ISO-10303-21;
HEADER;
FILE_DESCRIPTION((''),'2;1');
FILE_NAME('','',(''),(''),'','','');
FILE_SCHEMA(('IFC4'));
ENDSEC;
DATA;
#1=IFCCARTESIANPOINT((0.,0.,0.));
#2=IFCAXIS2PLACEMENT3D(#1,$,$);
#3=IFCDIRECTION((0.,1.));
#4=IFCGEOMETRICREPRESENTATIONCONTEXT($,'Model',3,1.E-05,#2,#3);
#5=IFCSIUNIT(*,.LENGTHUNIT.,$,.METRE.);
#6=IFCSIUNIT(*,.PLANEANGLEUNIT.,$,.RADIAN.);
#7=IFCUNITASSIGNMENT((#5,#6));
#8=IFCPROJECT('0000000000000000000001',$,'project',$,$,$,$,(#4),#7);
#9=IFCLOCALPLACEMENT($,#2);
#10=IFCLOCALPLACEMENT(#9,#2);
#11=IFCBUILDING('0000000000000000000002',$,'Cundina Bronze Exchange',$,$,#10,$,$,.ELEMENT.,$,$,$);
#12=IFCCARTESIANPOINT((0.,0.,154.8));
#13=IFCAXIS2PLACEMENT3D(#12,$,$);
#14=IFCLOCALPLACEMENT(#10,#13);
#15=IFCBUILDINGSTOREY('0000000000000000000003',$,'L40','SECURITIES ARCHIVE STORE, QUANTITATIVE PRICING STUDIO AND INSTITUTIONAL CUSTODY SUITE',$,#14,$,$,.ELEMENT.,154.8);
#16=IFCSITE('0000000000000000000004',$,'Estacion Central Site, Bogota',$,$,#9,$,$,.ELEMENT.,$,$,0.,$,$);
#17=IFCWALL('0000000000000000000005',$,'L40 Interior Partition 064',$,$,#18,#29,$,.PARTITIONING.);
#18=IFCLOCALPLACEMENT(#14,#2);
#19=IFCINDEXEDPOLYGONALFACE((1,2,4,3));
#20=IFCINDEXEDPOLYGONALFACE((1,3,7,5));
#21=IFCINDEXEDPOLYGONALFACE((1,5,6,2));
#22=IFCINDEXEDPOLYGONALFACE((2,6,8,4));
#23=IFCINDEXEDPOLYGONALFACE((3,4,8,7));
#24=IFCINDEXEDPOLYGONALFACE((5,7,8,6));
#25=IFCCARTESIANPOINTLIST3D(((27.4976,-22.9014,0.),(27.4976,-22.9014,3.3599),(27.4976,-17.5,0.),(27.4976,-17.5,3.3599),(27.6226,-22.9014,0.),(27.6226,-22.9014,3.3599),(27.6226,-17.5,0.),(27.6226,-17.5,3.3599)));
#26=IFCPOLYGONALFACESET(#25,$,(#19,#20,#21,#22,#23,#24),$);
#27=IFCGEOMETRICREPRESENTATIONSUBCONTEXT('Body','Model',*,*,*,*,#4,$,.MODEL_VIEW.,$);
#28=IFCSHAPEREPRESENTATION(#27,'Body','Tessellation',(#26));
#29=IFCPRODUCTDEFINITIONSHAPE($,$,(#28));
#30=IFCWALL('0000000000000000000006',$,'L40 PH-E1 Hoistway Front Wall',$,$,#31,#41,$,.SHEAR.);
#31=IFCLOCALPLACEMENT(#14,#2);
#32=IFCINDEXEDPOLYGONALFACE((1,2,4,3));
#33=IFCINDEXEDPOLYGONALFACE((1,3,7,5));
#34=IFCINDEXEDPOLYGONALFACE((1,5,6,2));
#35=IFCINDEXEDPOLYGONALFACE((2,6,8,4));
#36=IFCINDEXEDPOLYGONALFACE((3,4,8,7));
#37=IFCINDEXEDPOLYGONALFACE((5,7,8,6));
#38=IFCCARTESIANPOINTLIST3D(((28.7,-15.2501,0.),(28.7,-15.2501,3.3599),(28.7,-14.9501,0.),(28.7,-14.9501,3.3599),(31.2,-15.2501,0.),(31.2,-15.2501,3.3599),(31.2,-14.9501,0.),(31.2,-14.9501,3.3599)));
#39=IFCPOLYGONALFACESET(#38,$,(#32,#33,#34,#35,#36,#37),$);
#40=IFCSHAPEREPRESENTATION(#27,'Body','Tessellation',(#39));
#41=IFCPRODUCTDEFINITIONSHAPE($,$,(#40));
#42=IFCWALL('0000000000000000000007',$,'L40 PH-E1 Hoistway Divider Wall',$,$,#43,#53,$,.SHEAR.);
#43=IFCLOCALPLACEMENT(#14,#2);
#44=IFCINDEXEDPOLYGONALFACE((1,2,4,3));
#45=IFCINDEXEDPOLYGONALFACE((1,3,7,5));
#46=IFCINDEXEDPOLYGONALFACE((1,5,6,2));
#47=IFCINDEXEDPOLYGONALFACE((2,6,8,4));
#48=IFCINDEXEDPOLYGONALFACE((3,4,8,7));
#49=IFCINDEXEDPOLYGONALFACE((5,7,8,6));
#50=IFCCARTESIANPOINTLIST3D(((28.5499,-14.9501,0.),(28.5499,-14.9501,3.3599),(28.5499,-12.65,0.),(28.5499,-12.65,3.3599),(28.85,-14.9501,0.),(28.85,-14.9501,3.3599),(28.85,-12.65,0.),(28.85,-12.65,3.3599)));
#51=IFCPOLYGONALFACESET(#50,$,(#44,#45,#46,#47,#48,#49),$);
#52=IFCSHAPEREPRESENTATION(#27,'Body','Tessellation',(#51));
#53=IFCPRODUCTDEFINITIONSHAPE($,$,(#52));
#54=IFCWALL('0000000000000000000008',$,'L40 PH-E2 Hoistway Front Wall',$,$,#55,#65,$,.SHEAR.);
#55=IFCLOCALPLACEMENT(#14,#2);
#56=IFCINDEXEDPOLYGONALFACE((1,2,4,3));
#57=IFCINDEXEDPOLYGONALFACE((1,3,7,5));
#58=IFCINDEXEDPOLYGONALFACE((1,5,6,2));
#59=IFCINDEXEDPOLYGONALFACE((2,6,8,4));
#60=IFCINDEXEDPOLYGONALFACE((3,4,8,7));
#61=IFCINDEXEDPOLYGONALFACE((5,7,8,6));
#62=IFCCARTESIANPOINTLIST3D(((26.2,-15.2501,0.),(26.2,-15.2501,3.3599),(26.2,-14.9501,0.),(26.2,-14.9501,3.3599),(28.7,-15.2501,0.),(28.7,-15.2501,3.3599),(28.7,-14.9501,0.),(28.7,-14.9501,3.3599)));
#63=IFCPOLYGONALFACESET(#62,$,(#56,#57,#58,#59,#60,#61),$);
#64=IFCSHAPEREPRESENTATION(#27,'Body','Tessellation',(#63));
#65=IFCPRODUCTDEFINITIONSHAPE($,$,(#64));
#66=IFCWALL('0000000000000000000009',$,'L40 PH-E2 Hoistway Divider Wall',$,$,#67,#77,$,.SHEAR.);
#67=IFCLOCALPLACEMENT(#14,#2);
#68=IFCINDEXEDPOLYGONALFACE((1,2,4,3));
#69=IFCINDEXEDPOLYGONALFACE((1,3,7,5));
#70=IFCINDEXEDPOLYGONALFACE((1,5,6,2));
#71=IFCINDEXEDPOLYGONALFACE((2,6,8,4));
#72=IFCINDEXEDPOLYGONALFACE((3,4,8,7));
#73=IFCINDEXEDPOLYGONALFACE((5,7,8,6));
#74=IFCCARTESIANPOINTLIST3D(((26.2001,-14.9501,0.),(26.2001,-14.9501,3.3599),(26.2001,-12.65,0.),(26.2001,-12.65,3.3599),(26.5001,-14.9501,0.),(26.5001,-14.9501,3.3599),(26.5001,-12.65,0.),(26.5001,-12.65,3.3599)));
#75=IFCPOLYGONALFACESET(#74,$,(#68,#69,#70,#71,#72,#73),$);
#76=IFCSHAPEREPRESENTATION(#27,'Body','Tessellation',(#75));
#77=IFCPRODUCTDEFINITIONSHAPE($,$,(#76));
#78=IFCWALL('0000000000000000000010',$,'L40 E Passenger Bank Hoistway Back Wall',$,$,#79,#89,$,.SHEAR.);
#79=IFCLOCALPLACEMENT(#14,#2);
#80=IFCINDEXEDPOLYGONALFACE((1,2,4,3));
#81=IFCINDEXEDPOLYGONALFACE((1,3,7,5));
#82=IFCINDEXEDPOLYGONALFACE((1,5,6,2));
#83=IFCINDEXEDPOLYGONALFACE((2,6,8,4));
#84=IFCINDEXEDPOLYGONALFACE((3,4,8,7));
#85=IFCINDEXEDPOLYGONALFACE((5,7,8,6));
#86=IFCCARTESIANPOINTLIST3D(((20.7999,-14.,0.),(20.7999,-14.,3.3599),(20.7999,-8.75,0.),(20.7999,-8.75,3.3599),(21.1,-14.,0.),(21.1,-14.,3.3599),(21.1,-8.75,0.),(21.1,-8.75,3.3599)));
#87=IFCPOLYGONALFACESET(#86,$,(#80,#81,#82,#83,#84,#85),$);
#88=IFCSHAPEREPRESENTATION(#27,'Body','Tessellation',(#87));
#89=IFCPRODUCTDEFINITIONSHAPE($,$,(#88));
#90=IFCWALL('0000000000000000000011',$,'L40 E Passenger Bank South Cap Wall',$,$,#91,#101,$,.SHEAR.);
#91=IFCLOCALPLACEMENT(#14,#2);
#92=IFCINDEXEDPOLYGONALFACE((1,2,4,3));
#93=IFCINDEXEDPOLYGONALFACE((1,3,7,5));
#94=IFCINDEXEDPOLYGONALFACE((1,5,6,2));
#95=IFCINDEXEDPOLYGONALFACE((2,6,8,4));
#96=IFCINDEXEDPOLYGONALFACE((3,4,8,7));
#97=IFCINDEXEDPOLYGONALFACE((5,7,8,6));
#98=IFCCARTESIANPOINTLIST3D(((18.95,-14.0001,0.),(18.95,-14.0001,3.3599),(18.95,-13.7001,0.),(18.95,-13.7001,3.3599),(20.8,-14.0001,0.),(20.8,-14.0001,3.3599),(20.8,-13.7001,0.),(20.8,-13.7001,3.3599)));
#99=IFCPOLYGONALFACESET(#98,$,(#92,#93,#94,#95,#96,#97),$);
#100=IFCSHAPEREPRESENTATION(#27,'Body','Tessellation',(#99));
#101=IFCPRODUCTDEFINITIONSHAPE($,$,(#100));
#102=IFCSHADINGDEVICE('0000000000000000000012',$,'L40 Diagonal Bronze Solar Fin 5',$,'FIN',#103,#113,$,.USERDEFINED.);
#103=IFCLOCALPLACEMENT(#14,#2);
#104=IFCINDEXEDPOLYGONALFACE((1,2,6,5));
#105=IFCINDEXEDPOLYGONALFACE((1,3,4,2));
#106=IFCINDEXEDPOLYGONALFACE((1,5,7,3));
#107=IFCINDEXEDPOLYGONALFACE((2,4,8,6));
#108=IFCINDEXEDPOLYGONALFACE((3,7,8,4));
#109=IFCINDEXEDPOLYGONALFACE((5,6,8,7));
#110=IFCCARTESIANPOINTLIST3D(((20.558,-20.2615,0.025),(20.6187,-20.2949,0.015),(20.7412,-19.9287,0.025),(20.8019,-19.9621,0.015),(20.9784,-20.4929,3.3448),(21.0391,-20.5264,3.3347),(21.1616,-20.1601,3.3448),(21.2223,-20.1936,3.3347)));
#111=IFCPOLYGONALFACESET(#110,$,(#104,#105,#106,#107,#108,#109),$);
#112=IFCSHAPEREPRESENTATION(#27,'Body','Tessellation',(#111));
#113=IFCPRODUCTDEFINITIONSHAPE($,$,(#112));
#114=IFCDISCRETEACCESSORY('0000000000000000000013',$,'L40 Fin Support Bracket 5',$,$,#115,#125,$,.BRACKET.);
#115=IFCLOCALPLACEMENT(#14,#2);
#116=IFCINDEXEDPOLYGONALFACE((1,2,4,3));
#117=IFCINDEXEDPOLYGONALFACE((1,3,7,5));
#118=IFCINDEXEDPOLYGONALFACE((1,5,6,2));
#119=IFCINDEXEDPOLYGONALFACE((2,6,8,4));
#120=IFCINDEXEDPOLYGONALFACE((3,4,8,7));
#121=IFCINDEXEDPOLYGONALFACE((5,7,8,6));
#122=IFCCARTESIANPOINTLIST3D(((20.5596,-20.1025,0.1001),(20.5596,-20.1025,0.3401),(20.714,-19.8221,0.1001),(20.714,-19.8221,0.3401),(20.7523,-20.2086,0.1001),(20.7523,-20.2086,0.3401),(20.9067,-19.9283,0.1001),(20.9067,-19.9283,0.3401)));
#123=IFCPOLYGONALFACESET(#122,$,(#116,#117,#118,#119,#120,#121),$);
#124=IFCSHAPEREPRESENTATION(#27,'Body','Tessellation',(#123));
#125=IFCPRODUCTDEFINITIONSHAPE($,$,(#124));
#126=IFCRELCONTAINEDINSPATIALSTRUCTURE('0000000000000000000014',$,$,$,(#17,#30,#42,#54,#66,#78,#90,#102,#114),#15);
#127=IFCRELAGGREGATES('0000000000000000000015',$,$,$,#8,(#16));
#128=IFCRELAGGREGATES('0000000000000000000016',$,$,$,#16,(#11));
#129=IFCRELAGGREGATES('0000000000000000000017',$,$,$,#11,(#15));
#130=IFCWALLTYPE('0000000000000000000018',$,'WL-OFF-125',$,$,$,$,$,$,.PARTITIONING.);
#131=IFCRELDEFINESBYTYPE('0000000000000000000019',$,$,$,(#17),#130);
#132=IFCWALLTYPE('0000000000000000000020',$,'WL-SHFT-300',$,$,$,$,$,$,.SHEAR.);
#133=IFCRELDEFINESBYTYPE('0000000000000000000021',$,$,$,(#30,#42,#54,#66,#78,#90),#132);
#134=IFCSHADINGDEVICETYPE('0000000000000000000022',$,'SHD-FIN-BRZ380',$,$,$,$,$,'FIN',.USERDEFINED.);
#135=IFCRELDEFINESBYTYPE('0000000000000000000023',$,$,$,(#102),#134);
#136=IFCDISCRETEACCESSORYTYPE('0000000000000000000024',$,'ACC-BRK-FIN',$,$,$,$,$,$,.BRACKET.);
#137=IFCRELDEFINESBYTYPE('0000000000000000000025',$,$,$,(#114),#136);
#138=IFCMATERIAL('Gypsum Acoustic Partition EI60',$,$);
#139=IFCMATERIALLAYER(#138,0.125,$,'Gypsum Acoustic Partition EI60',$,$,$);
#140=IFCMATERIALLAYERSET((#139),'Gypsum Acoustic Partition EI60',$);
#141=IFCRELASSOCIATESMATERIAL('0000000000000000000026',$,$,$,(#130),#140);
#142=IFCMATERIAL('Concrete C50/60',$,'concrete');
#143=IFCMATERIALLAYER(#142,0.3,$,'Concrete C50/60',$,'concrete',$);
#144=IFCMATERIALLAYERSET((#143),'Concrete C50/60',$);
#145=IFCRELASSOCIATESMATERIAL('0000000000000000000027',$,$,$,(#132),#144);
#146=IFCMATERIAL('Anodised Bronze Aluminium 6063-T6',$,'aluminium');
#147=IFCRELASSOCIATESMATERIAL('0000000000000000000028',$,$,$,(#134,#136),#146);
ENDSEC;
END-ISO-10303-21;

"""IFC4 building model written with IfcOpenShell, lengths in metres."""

from ifc_helpers import new_model, si_unit, direction, frame, frame_2d, origin, origin_2d, place, context, subcontext, project, spatial, rectangle, extrude, material, layer, layer_set, material_profile, profile_set, type_object, element, save


model = new_model("IFC4")

# Units and contexts
model_context = context("Model", 3, precision=1e-05, world=origin(), true_north=direction((0.0, 1.0)))
body_context = subcontext(model_context, "Body", "Model", "MODEL_VIEW")
ifc_project = project(units=[si_unit("LENGTHUNIT", "METRE"), si_unit("PLANEANGLEUNIT", "RADIAN")], contexts=[model_context])

# Site, building, storey
site_placement = place(None, origin())
site = spatial("IfcSite", under=ifc_project, at=site_placement, Name="Estacion Central Site, Bogota", CompositionType="ELEMENT", RefElevation=0.0)
building_placement = place(site_placement, origin())
building = spatial("IfcBuilding", under=site, at=building_placement, Name="Cundina Bronze Exchange", CompositionType="ELEMENT")
storey_placement = place(building_placement, frame((0.0, 0.0, 154.8)))
storey = spatial("IfcBuildingStorey", under=building, at=storey_placement, Name="L40", Description="SECURITIES ARCHIVE STORE, QUANTITATIVE PRICING STUDIO AND INSTITUTIONAL CUSTODY SUITE", CompositionType="ELEMENT", Elevation=154.8)

# Shared definitions
ifc_material_1 = material(Name="Concrete C50/60", Category="concrete")

# Shared definitions
ifc_material_2 = material(Name="Anodised Bronze Aluminium 6063-T6", Category="aluminium")

# Walls
ifc_material_3 = material(Name="Gypsum Acoustic Partition EI60")
ifc_layer_1 = layer(ifc_material_3, 0.125, Name="Gypsum Acoustic Partition EI60")
ifc_layer_set_1 = layer_set([ifc_layer_1], Name="Gypsum Acoustic Partition EI60")
wall_type_1 = type_object("IfcWallType", Name="WL-OFF-125", PredefinedType="PARTITIONING", material=ifc_layer_set_1)
wall_1_placement = place(storey_placement, frame((27.5601, -22.9014, 0.0), z_axis=(0.0, 0.0, 1.0), x_axis=(0.0, 1.0, 0.0)))
element("IfcWall", 1, at=wall_1_placement, inside=storey, type_object=wall_type_1, Name="L40 Interior Partition 064", PredefinedType="PARTITIONING", context=body_context, shape_type="SweptSolid", body=[
    extrude(rectangle(XDim=5.4014, YDim=0.125, at=frame_2d((2.7007, 0.0))), origin(), (0.0, 0.0, 1.0), 3.3599),
])
ifc_layer_2 = layer(ifc_material_1, 0.3, Name="Concrete C50/60", Category="concrete")
ifc_layer_set_2 = layer_set([ifc_layer_2], Name="Concrete C50/60")
wall_type_2 = type_object("IfcWallType", Name="WL-SHFT-300", PredefinedType="SHEAR", material=ifc_layer_set_2)
wall_2_placement = place(storey_placement, frame((28.7, -15.1001, 0.0), z_axis=(0.0, 0.0, 1.0), x_axis=(1.0, 0.0, 0.0)))
element("IfcWall", 2, at=wall_2_placement, inside=storey, type_object=wall_type_2, Name="L40 PH-E1 Hoistway Front Wall", PredefinedType="SHEAR", context=body_context, shape_type="SweptSolid", body=[
    extrude(rectangle(XDim=2.5, YDim=0.3, at=frame_2d((1.25, 0.0))), origin(), (0.0, 0.0, 1.0), 3.3599),
])
wall_3_placement = place(storey_placement, frame((28.7, -14.95, 0.0), z_axis=(0.0, 0.0, 1.0), x_axis=(0.0, 1.0, 0.0)))
element("IfcWall", 3, at=wall_3_placement, inside=storey, type_object=wall_type_2, Name="L40 PH-E1 Hoistway Divider Wall", PredefinedType="SHEAR", context=body_context, shape_type="SweptSolid", body=[
    extrude(rectangle(XDim=2.3, YDim=0.3, at=frame_2d((1.1499, 0.0))), origin(), (0.0, 0.0, 1.0), 3.3599),
])
wall_4_placement = place(storey_placement, frame((26.2, -15.1001, 0.0), z_axis=(0.0, 0.0, 1.0), x_axis=(1.0, 0.0, 0.0)))
element("IfcWall", 4, at=wall_4_placement, inside=storey, type_object=wall_type_2, Name="L40 PH-E2 Hoistway Front Wall", PredefinedType="SHEAR", context=body_context, shape_type="SweptSolid", body=[
    extrude(rectangle(XDim=2.5, YDim=0.3, at=frame_2d((1.25, 0.0))), origin(), (0.0, 0.0, 1.0), 3.3599),
])
wall_5_placement = place(storey_placement, frame((26.3501, -14.95, 0.0), z_axis=(0.0, 0.0, 1.0), x_axis=(0.0, 1.0, 0.0)))
element("IfcWall", 5, at=wall_5_placement, inside=storey, type_object=wall_type_2, Name="L40 PH-E2 Hoistway Divider Wall", PredefinedType="SHEAR", context=body_context, shape_type="SweptSolid", body=[
    extrude(rectangle(XDim=2.3, YDim=0.3, at=frame_2d((1.1499, 0.0))), origin(), (0.0, 0.0, 1.0), 3.3599),
])
wall_6_placement = place(storey_placement, frame((20.95, -14.0, 0.0), z_axis=(0.0, 0.0, 1.0), x_axis=(0.0, 1.0, 0.0)))
element("IfcWall", 6, at=wall_6_placement, inside=storey, type_object=wall_type_2, Name="L40 E Passenger Bank Hoistway Back Wall", PredefinedType="SHEAR", context=body_context, shape_type="SweptSolid", body=[
    extrude(rectangle(XDim=5.25, YDim=0.3, at=frame_2d((2.625, 0.0))), origin(), (0.0, 0.0, 1.0), 3.3599),
])
wall_7_placement = place(storey_placement, frame((18.95, -13.8501, 0.0), z_axis=(0.0, 0.0, 1.0), x_axis=(1.0, 0.0, 0.0)))
element("IfcWall", 7, at=wall_7_placement, inside=storey, type_object=wall_type_2, Name="L40 E Passenger Bank South Cap Wall", PredefinedType="SHEAR", context=body_context, shape_type="SweptSolid", body=[
    extrude(rectangle(XDim=1.8501, YDim=0.3, at=frame_2d((0.925, 0.0))), origin(), (0.0, 0.0, 1.0), 3.3599),
])

# Shading device
ifc_material_profile_1 = material_profile(ifc_material_2, rectangle(XDim=0.0701, YDim=0.3799, at=origin_2d()), Name="FIN70X380", Category="aluminium")
ifc_profile_set_1 = profile_set([ifc_material_profile_1], Name="Anodised Bronze Aluminium 6063-T6")
shading_device_type = type_object("IfcShadingDeviceType", Name="SHD-FIN-BRZ380", ElementType="FIN", PredefinedType="USERDEFINED", material=ifc_profile_set_1)
shading_device_placement = place(storey_placement, frame((20.6799, -20.1118, 0.02), z_axis=(0.125333, -0.068999, 0.989712), x_axis=(-0.86701, 0.477309, 0.143071)))
element("IfcShadingDevice", 8, at=shading_device_placement, inside=storey, type_object=shading_device_type, Name="L40 Diagonal Bronze Solar Fin 5", ObjectType="FIN", PredefinedType="USERDEFINED", context=body_context, shape_type="SweptSolid", body=[
    extrude(rectangle(XDim=0.0701, YDim=0.3799, at=origin_2d()), origin(), (0.0, 0.0, 1.0), 3.3542),
])

# Discrete accessory
discrete_accessory_type = type_object("IfcDiscreteAccessoryType", Name="ACC-BRK-FIN", PredefinedType="BRACKET", material=ifc_material_2)
discrete_accessory_placement = place(storey_placement, frame((20.7332, -20.0154, 0.1001), z_axis=(0.0, 0.0, 1.0), x_axis=(0.875869, -0.482549, 0.0)))
element("IfcDiscreteAccessory", 9, at=discrete_accessory_placement, inside=storey, type_object=discrete_accessory_type, Name="L40 Fin Support Bracket 5", PredefinedType="BRACKET", context=body_context, shape_type="SweptSolid", body=[
    extrude(rectangle(XDim=0.22, YDim=0.3201, at=origin_2d()), origin(), (0.0, 0.0, 1.0), 0.24),
])

save(model, "model.ifc")
